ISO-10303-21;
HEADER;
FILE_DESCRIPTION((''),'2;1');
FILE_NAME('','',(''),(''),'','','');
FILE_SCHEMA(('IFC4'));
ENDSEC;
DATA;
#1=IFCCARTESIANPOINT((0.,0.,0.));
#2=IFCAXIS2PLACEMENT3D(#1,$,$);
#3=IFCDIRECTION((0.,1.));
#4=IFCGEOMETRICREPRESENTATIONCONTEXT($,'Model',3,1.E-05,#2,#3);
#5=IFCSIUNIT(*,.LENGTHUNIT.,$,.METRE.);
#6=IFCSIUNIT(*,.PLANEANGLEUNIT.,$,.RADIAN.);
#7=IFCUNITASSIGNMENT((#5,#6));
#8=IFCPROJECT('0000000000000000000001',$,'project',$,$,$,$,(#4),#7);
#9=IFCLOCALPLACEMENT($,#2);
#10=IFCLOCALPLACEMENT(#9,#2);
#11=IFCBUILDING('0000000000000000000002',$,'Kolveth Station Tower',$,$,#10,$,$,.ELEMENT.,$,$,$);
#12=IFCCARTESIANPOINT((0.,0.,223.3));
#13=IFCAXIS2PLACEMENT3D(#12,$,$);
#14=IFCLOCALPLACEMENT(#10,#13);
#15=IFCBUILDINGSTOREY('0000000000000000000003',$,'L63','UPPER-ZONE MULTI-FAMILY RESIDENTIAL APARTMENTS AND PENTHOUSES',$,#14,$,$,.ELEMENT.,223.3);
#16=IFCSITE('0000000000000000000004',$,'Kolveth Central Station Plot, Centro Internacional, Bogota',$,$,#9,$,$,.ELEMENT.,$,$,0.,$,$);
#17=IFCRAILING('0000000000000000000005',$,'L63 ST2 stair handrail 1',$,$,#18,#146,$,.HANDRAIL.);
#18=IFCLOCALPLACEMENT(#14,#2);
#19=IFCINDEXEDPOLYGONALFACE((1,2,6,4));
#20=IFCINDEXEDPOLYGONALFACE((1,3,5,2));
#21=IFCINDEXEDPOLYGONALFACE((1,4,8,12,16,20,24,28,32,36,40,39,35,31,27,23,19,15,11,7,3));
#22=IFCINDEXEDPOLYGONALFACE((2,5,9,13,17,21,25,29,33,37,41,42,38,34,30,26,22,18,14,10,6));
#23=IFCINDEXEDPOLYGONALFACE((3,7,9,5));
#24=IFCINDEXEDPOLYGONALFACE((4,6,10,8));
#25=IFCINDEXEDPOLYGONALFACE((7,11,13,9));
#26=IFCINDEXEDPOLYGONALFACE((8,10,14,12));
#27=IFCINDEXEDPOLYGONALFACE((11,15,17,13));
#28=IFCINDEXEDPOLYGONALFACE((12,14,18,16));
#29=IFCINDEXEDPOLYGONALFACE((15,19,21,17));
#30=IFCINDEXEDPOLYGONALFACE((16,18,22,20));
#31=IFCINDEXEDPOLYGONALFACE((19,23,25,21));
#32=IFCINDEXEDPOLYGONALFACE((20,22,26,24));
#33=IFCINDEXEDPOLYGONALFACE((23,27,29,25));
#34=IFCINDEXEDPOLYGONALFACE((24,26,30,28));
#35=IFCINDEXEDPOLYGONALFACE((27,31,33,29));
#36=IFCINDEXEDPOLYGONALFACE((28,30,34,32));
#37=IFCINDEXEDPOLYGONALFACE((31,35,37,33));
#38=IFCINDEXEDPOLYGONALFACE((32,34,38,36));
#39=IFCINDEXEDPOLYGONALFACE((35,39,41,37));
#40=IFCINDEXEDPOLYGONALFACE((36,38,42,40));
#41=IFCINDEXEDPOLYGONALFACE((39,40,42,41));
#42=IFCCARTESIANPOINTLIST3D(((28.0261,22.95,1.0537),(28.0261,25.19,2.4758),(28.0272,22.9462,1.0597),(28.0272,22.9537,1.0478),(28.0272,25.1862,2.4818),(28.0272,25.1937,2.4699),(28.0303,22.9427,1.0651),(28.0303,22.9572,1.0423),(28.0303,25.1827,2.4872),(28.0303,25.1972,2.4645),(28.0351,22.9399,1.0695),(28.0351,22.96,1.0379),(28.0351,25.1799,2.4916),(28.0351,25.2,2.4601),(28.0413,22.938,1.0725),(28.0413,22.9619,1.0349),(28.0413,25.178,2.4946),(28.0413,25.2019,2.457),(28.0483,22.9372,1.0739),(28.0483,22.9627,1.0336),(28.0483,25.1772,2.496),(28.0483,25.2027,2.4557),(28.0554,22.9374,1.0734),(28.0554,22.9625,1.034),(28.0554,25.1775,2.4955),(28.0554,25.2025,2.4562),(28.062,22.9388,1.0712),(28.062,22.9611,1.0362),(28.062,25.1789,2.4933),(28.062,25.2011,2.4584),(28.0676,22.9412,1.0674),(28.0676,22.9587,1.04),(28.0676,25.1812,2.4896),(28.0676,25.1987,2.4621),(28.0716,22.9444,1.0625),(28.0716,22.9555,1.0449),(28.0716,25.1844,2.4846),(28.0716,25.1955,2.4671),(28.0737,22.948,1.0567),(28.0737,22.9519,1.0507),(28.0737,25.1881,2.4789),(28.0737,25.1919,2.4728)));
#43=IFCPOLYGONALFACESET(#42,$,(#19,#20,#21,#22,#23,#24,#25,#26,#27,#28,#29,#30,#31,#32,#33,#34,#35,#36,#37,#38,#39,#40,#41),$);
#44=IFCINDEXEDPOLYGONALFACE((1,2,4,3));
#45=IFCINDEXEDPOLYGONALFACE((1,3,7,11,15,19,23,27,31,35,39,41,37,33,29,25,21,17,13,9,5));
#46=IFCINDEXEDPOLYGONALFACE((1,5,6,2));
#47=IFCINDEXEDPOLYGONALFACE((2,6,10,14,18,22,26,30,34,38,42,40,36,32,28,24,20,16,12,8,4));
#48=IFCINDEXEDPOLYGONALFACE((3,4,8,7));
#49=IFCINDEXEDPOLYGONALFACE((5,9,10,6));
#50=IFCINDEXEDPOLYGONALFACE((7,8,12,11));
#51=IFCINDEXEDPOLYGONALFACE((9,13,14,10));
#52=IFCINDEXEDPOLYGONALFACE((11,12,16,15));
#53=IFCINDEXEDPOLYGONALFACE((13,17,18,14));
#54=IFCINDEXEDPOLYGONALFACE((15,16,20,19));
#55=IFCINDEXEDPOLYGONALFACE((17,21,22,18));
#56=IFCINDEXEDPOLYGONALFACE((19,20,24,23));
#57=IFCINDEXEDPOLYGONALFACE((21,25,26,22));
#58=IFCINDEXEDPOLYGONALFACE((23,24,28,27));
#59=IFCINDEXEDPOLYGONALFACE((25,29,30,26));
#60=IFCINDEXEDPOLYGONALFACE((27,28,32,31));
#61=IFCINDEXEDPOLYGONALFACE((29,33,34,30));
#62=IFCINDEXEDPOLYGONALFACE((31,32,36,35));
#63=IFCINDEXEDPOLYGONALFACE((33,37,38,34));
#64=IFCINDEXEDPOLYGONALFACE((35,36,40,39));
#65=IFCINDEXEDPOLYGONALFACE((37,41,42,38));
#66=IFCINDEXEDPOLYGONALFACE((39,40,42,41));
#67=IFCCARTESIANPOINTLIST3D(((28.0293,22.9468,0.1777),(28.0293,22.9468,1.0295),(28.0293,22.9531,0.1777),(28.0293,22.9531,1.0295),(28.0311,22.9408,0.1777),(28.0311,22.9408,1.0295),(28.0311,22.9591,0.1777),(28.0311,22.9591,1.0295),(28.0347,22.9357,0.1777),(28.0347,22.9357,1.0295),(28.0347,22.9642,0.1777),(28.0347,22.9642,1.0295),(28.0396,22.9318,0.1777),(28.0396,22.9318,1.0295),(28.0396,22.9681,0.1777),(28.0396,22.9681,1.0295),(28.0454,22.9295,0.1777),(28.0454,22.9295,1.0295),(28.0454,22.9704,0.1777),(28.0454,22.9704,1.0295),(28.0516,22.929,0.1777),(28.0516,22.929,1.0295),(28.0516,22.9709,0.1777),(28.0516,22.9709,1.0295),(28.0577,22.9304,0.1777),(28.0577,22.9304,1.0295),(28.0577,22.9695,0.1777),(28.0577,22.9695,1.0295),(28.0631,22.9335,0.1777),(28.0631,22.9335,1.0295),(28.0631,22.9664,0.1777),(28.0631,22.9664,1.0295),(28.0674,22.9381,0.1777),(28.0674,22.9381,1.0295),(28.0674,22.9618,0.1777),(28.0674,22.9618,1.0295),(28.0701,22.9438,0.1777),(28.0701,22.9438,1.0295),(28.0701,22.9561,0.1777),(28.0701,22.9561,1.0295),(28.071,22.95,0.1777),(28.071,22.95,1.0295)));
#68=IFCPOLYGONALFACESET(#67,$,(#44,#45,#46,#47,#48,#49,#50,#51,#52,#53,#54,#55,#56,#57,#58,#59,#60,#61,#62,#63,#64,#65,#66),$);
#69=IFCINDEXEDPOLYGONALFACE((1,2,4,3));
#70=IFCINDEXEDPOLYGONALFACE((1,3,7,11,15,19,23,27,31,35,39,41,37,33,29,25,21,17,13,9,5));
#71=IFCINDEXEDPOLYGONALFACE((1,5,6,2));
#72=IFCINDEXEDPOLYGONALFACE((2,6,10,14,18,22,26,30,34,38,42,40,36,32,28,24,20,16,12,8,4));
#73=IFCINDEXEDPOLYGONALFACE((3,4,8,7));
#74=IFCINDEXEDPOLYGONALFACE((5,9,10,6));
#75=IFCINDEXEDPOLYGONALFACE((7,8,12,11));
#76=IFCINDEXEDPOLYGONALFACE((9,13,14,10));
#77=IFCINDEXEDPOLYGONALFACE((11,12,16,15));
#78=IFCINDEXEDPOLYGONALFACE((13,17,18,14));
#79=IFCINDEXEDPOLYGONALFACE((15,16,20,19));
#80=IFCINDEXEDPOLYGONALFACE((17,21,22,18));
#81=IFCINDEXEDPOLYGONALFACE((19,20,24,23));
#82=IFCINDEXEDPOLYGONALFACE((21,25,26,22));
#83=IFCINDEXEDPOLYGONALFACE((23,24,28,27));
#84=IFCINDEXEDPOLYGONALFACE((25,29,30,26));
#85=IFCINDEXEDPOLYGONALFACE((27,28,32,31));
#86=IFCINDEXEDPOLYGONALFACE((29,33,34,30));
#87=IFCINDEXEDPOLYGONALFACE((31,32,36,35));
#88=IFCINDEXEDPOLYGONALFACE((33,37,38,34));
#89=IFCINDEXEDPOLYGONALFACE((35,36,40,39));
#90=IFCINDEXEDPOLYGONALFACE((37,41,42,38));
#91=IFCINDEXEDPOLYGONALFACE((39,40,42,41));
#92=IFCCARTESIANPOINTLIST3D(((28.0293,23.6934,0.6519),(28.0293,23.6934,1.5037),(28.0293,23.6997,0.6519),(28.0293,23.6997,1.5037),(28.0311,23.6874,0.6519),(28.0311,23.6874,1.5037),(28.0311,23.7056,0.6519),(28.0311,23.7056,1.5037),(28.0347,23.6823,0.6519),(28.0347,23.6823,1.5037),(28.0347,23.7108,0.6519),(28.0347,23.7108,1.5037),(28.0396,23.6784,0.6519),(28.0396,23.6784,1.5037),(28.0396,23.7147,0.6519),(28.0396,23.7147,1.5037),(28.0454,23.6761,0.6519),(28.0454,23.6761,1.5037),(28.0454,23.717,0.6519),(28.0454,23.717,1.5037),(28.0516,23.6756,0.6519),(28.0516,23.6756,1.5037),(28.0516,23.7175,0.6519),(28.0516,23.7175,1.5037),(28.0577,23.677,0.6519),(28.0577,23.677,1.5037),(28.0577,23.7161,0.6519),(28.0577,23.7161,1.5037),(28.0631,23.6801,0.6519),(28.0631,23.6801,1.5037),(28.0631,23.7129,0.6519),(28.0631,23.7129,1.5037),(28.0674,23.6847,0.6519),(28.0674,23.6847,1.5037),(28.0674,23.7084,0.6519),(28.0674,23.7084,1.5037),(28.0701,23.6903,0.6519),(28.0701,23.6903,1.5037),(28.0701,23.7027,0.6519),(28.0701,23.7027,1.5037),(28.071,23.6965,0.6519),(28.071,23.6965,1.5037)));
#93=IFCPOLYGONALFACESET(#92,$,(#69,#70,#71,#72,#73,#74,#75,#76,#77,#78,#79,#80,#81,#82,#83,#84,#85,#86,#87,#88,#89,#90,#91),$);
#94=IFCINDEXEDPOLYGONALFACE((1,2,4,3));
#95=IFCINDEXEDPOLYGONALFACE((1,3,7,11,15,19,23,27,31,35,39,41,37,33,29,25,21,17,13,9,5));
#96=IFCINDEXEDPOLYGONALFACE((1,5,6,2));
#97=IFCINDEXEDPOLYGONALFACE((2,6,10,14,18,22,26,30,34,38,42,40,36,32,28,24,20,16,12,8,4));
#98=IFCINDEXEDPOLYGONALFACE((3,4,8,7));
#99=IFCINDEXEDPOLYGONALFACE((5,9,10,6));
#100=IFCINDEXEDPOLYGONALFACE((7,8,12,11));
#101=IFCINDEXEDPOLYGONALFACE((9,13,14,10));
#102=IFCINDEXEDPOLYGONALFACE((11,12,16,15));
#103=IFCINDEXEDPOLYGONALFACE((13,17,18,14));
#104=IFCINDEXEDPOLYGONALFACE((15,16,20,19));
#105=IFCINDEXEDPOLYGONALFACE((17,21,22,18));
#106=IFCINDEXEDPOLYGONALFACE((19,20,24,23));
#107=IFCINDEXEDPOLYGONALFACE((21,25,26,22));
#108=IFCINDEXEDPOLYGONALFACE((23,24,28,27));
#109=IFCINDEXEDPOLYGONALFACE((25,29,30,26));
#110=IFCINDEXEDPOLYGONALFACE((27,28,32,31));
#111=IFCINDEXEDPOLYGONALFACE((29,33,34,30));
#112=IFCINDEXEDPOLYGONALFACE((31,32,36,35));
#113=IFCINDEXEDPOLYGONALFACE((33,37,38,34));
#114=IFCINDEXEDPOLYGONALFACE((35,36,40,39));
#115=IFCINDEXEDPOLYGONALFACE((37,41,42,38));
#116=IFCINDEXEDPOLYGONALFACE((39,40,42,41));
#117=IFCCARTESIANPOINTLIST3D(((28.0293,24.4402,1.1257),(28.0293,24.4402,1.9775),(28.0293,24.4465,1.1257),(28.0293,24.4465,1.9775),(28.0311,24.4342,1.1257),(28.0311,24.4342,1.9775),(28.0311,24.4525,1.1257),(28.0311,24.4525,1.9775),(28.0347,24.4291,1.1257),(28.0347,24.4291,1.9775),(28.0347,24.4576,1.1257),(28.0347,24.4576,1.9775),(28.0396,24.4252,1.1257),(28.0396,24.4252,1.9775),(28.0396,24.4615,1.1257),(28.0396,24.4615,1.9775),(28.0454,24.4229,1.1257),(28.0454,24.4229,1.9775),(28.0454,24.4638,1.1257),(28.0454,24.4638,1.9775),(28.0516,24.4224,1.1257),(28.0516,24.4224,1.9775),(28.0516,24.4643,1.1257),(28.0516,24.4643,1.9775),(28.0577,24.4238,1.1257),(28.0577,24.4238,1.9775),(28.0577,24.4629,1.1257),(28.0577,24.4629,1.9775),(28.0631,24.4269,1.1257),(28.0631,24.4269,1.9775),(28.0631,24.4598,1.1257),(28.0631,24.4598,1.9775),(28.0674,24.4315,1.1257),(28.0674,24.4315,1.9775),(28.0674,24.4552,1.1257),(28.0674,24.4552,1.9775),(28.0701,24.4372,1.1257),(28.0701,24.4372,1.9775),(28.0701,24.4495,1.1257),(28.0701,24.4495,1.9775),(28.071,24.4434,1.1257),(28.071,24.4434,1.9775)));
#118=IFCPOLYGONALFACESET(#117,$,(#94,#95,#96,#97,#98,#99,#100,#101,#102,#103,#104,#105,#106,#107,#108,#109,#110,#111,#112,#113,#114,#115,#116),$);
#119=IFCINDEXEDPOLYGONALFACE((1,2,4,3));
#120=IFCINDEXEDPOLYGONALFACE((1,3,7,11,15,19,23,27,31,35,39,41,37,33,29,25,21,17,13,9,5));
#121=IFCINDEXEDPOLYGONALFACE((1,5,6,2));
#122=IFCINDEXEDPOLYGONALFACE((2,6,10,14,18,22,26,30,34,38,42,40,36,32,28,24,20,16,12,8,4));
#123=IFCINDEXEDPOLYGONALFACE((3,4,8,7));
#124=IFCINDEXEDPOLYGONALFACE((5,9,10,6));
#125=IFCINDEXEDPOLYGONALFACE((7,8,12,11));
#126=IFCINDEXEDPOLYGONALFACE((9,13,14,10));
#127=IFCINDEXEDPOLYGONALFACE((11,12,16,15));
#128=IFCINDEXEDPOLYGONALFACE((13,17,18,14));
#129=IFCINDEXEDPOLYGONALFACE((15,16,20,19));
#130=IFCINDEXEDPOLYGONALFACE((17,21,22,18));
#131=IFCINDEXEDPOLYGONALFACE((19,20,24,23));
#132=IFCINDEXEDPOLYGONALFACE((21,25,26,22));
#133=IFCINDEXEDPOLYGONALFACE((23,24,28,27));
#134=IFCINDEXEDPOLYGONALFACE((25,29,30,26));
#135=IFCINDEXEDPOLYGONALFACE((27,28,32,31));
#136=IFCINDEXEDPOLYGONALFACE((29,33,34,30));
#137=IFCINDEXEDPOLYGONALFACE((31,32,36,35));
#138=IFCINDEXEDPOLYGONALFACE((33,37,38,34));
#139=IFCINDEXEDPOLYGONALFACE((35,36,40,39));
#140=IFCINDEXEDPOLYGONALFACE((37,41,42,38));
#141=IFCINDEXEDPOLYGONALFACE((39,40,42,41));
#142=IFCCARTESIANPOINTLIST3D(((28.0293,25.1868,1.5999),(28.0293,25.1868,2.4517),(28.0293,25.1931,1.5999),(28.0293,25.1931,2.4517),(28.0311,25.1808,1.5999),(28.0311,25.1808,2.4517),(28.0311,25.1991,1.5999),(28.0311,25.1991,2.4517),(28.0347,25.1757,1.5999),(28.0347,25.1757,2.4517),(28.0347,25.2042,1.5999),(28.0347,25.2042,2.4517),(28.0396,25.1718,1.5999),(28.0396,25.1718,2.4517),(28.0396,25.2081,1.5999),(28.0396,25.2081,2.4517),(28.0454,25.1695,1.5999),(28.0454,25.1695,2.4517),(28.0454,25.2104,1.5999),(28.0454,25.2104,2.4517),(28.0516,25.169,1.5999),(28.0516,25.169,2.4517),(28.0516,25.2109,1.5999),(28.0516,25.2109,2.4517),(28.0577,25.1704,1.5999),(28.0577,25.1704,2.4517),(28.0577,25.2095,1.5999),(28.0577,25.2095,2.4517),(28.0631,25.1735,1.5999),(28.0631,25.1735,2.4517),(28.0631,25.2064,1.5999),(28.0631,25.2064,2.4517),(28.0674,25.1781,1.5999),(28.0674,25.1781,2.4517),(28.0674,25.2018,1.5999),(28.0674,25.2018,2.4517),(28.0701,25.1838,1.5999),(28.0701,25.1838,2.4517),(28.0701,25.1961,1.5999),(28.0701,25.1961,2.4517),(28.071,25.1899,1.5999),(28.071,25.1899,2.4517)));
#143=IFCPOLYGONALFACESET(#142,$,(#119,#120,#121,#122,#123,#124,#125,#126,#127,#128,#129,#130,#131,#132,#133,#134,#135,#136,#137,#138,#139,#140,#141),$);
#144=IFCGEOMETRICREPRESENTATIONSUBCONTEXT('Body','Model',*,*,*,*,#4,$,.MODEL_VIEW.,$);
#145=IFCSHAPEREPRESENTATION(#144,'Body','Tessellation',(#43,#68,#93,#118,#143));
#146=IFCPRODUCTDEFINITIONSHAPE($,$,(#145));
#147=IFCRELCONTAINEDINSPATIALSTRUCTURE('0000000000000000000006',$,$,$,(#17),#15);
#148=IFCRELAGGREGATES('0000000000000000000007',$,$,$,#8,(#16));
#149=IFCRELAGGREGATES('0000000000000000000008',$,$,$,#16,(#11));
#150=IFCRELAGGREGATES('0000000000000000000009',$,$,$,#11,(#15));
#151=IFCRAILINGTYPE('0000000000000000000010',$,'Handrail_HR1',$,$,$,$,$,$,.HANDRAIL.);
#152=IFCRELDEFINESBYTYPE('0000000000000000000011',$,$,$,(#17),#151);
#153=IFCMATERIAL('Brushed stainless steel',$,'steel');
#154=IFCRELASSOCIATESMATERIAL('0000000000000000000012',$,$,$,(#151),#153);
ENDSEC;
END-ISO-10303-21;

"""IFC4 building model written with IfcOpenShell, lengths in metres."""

from ifc_helpers import new_model, si_unit, direction, frame, origin, origin_2d, place, context, subcontext, project, spatial, circle, extrude, material, type_object, element, save


model = new_model("IFC4")

# Units and contexts
model_context = context("Model", 3, precision=1e-05, world=origin(), true_north=direction((0.0, 1.0)))
body_context = subcontext(model_context, "Body", "Model", "MODEL_VIEW")
ifc_project = project(units=[si_unit("LENGTHUNIT", "METRE"), si_unit("PLANEANGLEUNIT", "RADIAN")], contexts=[model_context])

# Site, building, storey
site_placement = place(None, origin())
site = spatial("IfcSite", under=ifc_project, at=site_placement, Name="Kolveth Central Station Plot, Centro Internacional, Bogota", CompositionType="ELEMENT", RefElevation=0.0)
building_placement = place(site_placement, origin())
building = spatial("IfcBuilding", under=site, at=building_placement, Name="Kolveth Station Tower", CompositionType="ELEMENT")
storey_placement = place(building_placement, frame((0.0, 0.0, 223.3)))
storey = spatial("IfcBuildingStorey", under=building, at=storey_placement, Name="L63", Description="UPPER-ZONE MULTI-FAMILY RESIDENTIAL APARTMENTS AND PENTHOUSES", CompositionType="ELEMENT", Elevation=223.3)

# Railing
ifc_material_1 = material(Name="Brushed stainless steel", Category="steel")
railing_type_1 = type_object("IfcRailingType", Name="Handrail_HR1", PredefinedType="HANDRAIL", material=ifc_material_1)
for number, where, name in (
    (1, (28.05, 22.95, 0.1777), "L63 ST2 stair handrail 1"),
):
    element("IfcRailing", number, at=place(storey_placement, frame(where)), inside=storey, type_object=railing_type_1, Name=name, PredefinedType="HANDRAIL", context=body_context, shape_type="SweptSolid", body=[
        extrude(circle(Radius=0.0239, at=origin_2d()), frame((0.0, 0.0, 0.876), z_axis=(0.0, 0.844229, 0.535982), x_axis=(-1.0, 0.0, 0.0)), (0.0, 0.0, 1.0), 2.6533),
        extrude(circle(Radius=0.021, at=origin_2d()), origin(), (0.0, 0.0, 1.0), 0.8518),
        extrude(circle(Radius=0.021, at=origin_2d()), frame((0.0, 0.7466, 0.4741)), (0.0, 0.0, 1.0), 0.8518),
        extrude(circle(Radius=0.021, at=origin_2d()), frame((0.0, 1.4934, 0.948)), (0.0, 0.0, 1.0), 0.8518),
        extrude(circle(Radius=0.021, at=origin_2d()), frame((0.0, 2.24, 1.4221)), (0.0, 0.0, 1.0), 0.8518),
    ])

save(model, "model.ifc")
